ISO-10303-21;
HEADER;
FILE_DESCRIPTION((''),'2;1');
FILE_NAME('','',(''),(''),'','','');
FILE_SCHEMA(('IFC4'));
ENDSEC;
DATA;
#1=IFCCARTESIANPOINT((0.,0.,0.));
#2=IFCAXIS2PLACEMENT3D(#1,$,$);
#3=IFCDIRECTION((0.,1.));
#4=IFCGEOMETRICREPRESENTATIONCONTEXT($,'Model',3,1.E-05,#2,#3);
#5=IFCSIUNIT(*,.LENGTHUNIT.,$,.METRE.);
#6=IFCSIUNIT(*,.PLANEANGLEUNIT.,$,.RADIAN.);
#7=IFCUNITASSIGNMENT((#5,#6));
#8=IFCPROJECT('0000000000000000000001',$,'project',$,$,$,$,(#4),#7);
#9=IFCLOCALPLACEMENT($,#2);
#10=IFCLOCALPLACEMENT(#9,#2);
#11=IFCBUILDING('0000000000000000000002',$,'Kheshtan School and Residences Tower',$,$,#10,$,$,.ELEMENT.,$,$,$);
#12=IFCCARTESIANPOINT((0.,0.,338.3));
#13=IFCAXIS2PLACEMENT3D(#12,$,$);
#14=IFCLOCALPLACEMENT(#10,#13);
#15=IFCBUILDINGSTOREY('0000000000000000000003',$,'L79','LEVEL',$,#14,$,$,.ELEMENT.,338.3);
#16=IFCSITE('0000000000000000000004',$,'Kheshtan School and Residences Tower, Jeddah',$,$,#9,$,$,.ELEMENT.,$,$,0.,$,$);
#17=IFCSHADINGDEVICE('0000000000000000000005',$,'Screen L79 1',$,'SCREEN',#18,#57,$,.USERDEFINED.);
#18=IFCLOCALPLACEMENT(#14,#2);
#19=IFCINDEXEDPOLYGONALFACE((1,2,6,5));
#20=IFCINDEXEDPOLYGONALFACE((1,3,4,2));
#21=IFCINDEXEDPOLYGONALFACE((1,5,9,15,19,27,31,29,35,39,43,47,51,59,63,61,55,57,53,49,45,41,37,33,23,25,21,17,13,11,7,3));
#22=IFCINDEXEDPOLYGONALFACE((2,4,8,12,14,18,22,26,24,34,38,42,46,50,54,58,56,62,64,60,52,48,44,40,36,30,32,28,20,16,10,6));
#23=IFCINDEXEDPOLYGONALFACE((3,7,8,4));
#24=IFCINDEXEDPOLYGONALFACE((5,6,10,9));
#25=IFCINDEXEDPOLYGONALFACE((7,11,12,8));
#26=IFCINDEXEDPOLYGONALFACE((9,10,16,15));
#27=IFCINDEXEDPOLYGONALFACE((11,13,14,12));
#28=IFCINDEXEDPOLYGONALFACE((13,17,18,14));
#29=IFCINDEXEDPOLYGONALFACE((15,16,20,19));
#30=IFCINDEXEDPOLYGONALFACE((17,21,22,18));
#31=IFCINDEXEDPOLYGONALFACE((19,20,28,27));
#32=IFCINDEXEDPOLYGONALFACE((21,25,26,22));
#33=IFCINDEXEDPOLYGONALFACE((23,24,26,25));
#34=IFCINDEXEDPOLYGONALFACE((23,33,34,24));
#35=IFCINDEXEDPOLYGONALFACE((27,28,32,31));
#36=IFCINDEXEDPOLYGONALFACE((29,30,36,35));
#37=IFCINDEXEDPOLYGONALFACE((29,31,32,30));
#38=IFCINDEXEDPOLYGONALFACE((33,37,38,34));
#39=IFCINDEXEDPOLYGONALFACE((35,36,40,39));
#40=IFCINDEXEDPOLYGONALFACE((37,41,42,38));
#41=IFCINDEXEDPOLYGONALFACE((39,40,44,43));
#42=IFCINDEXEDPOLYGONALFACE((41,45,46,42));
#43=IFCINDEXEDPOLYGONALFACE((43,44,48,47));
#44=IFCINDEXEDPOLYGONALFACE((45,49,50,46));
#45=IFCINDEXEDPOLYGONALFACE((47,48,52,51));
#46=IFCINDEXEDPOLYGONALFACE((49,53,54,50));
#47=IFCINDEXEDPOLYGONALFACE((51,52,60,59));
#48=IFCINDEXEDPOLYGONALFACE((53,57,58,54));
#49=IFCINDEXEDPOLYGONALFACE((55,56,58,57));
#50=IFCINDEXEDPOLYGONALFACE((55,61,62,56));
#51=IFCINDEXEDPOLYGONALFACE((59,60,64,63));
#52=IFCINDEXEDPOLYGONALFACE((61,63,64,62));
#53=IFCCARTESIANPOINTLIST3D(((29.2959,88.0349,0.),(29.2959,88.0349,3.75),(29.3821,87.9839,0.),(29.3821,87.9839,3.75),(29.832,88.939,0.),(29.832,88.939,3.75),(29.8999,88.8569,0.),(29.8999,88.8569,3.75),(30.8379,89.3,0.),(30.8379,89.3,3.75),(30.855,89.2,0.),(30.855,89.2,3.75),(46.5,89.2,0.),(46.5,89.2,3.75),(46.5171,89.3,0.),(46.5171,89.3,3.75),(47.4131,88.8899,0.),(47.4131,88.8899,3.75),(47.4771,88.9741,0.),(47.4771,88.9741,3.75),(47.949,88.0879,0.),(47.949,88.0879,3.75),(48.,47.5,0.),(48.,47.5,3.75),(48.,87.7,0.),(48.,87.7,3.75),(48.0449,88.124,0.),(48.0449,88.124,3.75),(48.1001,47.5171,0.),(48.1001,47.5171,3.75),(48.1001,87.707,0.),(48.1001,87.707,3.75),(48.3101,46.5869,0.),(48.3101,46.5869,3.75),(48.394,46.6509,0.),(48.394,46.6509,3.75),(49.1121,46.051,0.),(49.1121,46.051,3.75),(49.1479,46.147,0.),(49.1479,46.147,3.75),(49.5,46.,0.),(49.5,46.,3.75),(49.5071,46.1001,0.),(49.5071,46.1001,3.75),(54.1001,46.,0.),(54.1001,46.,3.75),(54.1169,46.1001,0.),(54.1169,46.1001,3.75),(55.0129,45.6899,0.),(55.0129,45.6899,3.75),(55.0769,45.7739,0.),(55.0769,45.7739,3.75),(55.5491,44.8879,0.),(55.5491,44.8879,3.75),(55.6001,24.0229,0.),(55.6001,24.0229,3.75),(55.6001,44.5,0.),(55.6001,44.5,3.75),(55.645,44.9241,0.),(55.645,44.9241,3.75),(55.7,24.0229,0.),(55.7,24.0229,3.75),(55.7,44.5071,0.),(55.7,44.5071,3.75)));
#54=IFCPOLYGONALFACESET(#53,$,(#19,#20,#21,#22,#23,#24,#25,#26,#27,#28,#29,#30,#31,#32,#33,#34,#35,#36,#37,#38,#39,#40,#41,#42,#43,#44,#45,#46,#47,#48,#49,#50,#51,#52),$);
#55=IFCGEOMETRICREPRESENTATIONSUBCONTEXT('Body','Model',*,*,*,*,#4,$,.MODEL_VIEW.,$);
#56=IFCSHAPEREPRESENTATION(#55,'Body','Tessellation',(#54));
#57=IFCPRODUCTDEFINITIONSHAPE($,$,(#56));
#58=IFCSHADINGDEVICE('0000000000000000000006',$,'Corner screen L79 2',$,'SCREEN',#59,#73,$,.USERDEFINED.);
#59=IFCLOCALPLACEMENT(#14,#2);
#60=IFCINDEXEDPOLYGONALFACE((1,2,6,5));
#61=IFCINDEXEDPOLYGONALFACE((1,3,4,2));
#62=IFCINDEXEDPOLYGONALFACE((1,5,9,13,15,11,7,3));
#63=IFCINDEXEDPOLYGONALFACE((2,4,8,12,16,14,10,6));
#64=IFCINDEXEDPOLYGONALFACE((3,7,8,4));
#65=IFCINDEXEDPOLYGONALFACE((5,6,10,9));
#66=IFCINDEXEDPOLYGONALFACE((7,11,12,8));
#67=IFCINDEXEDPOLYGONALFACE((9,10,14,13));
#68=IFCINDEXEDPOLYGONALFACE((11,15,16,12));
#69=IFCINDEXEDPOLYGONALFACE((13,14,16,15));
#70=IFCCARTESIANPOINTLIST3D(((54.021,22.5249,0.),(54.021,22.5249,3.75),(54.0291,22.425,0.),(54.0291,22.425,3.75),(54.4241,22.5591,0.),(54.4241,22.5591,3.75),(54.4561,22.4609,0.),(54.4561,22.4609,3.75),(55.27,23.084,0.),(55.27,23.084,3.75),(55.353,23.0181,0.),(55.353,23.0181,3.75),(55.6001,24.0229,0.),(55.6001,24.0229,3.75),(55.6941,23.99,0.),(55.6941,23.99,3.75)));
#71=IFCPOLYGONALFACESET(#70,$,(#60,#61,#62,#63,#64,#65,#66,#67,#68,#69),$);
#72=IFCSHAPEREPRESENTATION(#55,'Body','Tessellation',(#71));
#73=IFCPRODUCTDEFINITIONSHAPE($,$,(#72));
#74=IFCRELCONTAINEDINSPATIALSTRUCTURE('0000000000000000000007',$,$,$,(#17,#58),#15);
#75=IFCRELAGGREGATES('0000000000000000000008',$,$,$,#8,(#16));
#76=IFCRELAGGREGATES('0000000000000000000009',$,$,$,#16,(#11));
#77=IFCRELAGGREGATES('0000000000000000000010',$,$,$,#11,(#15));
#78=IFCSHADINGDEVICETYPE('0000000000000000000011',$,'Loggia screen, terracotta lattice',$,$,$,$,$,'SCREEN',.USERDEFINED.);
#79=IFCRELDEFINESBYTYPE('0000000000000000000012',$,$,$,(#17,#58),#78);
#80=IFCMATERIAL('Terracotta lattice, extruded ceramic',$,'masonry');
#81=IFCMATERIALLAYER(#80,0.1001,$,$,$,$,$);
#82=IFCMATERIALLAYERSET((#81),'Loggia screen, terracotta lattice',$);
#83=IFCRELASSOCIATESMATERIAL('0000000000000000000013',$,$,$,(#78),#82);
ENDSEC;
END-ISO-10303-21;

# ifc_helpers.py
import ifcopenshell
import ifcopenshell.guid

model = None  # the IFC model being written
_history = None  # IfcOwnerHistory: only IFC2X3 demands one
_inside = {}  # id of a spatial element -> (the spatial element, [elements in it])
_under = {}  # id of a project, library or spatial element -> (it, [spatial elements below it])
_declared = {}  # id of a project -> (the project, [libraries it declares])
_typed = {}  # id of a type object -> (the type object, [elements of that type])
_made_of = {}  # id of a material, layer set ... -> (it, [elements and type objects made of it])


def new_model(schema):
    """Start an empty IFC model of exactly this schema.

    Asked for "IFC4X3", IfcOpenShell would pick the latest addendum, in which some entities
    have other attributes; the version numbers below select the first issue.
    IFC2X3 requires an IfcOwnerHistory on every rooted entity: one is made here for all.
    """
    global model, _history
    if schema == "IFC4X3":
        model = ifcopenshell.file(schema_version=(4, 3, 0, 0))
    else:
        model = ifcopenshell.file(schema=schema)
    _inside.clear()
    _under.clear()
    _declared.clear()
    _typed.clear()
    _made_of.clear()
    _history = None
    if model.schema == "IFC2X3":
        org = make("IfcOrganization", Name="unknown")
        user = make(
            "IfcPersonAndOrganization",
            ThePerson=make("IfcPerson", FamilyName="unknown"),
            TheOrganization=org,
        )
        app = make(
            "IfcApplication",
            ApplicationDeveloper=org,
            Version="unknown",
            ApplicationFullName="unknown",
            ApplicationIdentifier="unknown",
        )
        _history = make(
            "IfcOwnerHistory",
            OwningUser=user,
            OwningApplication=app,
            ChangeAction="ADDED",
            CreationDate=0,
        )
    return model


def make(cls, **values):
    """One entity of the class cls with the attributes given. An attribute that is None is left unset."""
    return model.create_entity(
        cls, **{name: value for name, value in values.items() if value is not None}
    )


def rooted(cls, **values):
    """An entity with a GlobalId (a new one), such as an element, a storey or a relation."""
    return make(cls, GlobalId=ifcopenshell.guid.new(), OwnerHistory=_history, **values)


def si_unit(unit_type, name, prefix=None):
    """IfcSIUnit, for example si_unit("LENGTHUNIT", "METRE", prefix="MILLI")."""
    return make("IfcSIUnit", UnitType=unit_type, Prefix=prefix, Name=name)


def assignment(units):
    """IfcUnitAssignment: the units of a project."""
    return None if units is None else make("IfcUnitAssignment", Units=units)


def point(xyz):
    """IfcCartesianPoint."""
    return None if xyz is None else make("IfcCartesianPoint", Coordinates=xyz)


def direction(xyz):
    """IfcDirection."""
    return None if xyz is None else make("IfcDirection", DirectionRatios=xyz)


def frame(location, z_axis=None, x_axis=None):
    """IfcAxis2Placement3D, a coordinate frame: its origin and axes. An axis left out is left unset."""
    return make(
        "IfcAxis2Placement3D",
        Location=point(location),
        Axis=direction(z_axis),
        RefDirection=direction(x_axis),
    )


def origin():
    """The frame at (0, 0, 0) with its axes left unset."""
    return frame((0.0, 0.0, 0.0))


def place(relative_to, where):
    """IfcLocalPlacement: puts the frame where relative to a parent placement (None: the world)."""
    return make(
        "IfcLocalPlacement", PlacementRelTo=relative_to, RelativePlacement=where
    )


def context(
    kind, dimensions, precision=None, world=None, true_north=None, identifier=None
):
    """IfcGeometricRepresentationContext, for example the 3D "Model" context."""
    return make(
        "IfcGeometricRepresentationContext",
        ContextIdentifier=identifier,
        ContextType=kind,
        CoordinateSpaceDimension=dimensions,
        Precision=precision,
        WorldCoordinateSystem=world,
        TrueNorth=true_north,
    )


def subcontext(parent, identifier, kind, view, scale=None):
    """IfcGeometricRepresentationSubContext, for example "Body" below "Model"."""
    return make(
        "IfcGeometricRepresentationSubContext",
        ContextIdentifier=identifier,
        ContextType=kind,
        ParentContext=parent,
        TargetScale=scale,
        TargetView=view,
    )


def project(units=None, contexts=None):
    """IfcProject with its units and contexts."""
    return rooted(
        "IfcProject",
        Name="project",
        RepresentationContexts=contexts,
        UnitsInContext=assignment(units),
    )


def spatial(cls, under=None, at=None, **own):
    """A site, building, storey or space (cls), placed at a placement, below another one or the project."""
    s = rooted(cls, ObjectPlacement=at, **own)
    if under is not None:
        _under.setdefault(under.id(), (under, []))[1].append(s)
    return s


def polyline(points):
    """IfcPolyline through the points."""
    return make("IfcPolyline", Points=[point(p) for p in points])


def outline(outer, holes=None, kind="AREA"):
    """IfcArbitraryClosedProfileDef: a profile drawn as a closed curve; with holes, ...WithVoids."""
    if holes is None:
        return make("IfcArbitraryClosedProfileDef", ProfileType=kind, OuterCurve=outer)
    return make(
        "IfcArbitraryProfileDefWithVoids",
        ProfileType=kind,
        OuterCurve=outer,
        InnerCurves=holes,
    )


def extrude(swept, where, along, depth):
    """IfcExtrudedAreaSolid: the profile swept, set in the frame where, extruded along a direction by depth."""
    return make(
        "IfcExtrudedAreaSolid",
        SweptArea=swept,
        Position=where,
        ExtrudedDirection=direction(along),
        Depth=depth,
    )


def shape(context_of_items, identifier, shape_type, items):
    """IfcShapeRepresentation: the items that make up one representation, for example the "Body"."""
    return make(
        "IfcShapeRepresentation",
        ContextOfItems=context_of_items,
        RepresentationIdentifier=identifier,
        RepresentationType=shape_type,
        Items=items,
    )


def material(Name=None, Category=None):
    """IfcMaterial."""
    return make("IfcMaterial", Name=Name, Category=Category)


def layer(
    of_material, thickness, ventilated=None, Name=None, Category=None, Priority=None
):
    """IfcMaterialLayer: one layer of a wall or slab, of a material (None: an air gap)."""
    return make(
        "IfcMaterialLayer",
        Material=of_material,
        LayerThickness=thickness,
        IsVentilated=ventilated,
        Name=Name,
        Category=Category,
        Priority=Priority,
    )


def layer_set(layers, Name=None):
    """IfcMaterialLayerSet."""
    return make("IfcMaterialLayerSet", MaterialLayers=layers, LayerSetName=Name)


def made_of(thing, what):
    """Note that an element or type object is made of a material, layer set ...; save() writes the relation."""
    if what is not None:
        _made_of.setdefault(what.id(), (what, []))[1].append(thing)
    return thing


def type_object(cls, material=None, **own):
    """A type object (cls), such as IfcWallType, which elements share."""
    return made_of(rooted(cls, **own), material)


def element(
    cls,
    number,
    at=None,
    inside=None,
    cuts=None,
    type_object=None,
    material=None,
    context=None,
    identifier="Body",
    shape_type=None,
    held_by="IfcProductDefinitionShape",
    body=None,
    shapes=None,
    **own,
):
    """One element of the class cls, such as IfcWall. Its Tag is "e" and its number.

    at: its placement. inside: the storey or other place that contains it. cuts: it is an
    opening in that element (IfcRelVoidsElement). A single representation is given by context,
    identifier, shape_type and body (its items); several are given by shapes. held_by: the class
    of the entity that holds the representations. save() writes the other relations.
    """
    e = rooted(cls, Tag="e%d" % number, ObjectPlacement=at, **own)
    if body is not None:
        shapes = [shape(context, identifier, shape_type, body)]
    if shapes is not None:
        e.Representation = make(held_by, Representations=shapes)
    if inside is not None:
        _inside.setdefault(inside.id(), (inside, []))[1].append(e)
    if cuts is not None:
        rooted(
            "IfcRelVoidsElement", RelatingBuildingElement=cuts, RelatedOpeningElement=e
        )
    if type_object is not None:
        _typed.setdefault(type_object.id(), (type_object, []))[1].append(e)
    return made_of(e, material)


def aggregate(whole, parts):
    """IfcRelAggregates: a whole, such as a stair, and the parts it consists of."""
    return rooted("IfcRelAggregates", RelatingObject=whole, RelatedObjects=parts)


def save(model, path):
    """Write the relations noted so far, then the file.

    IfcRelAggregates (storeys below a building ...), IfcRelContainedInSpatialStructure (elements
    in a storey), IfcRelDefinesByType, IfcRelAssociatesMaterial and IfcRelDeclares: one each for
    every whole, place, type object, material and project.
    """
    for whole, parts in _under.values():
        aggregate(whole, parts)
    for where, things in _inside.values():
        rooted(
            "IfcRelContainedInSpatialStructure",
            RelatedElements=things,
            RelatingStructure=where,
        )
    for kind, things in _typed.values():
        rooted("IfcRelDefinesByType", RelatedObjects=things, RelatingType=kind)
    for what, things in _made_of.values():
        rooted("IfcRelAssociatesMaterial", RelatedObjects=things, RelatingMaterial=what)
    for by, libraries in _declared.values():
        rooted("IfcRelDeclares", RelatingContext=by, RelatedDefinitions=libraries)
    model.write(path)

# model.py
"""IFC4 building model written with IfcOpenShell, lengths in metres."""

from ifc_helpers import new_model, si_unit, direction, frame, origin, place, context, subcontext, project, spatial, polyline, outline, extrude, material, layer, layer_set, type_object, element, save


model = new_model("IFC4")

# Units and contexts
model_context = context("Model", 3, precision=1e-05, world=origin(), true_north=direction((0.0, 1.0)))
body_context = subcontext(model_context, "Body", "Model", "MODEL_VIEW")
ifc_project = project(units=[si_unit("LENGTHUNIT", "METRE"), si_unit("PLANEANGLEUNIT", "RADIAN")], contexts=[model_context])

# Site, building, storey
site_placement = place(None, origin())
site = spatial("IfcSite", under=ifc_project, at=site_placement, Name="Kheshtan School and Residences Tower, Jeddah", CompositionType="ELEMENT", RefElevation=0.0)
building_placement = place(site_placement, origin())
building = spatial("IfcBuilding", under=site, at=building_placement, Name="Kheshtan School and Residences Tower", CompositionType="ELEMENT")
storey_placement = place(building_placement, frame((0.0, 0.0, 338.3)))
storey = spatial("IfcBuildingStorey", under=building, at=storey_placement, Name="L79", Description="LEVEL", CompositionType="ELEMENT", Elevation=338.3)

# Shading devices
ifc_material_1 = material(Name="Terracotta lattice, extruded ceramic", Category="masonry")
ifc_layer_1 = layer(ifc_material_1, 0.1001)
ifc_layer_set_1 = layer_set([ifc_layer_1], Name="Loggia screen, terracotta lattice")
shading_device_type_1 = type_object("IfcShadingDeviceType", Name="Loggia screen, terracotta lattice", ElementType="SCREEN", PredefinedType="USERDEFINED", material=ifc_layer_set_1)
shading_device_1_placement = place(storey_placement, origin())
element("IfcShadingDevice", 1, at=shading_device_1_placement, inside=storey, type_object=shading_device_type_1, Name="Screen L79 1", ObjectType="SCREEN", PredefinedType="USERDEFINED", context=body_context, shape_type="SweptSolid", body=[
    extrude(outline(polyline([(29.3821, 87.9839), (29.8999, 88.8569), (30.855, 89.2), (46.5, 89.2), (47.4131, 88.8899), (47.949, 88.0879), (48.0, 87.7), (48.0, 47.5), (48.3101, 46.5869), (49.1121, 46.051), (49.5, 46.0), (54.1001, 46.0), (55.0129, 45.6899), (55.5491, 44.8879), (55.6001, 44.5), (55.6001, 24.0229), (55.7, 24.0229), (55.7, 44.5071), (55.645, 44.9241), (55.0769, 45.7739), (54.1169, 46.1001), (49.5071, 46.1001), (49.1479, 46.147), (48.394, 46.6509), (48.1001, 47.5171), (48.1001, 87.707), (48.0449, 88.124), (47.4771, 88.9741), (46.5171, 89.3), (30.8379, 89.3), (29.832, 88.939), (29.2959, 88.0349), (29.3821, 87.9839)])), origin(), (0.0, 0.0, 1.0), 3.75),
])
shading_device_2_placement = place(storey_placement, origin())
element("IfcShadingDevice", 2, at=shading_device_2_placement, inside=storey, type_object=shading_device_type_1, Name="Corner screen L79 2", ObjectType="SCREEN", PredefinedType="USERDEFINED", context=body_context, shape_type="SweptSolid", body=[
    extrude(outline(polyline([(55.6001, 24.0229), (55.27, 23.084), (54.4241, 22.5591), (54.021, 22.5249), (54.0291, 22.425), (54.4561, 22.4609), (55.353, 23.0181), (55.6941, 23.99), (55.6001, 24.0229)])), origin(), (0.0, 0.0, 1.0), 3.75),
])

save(model, "model.ifc")
